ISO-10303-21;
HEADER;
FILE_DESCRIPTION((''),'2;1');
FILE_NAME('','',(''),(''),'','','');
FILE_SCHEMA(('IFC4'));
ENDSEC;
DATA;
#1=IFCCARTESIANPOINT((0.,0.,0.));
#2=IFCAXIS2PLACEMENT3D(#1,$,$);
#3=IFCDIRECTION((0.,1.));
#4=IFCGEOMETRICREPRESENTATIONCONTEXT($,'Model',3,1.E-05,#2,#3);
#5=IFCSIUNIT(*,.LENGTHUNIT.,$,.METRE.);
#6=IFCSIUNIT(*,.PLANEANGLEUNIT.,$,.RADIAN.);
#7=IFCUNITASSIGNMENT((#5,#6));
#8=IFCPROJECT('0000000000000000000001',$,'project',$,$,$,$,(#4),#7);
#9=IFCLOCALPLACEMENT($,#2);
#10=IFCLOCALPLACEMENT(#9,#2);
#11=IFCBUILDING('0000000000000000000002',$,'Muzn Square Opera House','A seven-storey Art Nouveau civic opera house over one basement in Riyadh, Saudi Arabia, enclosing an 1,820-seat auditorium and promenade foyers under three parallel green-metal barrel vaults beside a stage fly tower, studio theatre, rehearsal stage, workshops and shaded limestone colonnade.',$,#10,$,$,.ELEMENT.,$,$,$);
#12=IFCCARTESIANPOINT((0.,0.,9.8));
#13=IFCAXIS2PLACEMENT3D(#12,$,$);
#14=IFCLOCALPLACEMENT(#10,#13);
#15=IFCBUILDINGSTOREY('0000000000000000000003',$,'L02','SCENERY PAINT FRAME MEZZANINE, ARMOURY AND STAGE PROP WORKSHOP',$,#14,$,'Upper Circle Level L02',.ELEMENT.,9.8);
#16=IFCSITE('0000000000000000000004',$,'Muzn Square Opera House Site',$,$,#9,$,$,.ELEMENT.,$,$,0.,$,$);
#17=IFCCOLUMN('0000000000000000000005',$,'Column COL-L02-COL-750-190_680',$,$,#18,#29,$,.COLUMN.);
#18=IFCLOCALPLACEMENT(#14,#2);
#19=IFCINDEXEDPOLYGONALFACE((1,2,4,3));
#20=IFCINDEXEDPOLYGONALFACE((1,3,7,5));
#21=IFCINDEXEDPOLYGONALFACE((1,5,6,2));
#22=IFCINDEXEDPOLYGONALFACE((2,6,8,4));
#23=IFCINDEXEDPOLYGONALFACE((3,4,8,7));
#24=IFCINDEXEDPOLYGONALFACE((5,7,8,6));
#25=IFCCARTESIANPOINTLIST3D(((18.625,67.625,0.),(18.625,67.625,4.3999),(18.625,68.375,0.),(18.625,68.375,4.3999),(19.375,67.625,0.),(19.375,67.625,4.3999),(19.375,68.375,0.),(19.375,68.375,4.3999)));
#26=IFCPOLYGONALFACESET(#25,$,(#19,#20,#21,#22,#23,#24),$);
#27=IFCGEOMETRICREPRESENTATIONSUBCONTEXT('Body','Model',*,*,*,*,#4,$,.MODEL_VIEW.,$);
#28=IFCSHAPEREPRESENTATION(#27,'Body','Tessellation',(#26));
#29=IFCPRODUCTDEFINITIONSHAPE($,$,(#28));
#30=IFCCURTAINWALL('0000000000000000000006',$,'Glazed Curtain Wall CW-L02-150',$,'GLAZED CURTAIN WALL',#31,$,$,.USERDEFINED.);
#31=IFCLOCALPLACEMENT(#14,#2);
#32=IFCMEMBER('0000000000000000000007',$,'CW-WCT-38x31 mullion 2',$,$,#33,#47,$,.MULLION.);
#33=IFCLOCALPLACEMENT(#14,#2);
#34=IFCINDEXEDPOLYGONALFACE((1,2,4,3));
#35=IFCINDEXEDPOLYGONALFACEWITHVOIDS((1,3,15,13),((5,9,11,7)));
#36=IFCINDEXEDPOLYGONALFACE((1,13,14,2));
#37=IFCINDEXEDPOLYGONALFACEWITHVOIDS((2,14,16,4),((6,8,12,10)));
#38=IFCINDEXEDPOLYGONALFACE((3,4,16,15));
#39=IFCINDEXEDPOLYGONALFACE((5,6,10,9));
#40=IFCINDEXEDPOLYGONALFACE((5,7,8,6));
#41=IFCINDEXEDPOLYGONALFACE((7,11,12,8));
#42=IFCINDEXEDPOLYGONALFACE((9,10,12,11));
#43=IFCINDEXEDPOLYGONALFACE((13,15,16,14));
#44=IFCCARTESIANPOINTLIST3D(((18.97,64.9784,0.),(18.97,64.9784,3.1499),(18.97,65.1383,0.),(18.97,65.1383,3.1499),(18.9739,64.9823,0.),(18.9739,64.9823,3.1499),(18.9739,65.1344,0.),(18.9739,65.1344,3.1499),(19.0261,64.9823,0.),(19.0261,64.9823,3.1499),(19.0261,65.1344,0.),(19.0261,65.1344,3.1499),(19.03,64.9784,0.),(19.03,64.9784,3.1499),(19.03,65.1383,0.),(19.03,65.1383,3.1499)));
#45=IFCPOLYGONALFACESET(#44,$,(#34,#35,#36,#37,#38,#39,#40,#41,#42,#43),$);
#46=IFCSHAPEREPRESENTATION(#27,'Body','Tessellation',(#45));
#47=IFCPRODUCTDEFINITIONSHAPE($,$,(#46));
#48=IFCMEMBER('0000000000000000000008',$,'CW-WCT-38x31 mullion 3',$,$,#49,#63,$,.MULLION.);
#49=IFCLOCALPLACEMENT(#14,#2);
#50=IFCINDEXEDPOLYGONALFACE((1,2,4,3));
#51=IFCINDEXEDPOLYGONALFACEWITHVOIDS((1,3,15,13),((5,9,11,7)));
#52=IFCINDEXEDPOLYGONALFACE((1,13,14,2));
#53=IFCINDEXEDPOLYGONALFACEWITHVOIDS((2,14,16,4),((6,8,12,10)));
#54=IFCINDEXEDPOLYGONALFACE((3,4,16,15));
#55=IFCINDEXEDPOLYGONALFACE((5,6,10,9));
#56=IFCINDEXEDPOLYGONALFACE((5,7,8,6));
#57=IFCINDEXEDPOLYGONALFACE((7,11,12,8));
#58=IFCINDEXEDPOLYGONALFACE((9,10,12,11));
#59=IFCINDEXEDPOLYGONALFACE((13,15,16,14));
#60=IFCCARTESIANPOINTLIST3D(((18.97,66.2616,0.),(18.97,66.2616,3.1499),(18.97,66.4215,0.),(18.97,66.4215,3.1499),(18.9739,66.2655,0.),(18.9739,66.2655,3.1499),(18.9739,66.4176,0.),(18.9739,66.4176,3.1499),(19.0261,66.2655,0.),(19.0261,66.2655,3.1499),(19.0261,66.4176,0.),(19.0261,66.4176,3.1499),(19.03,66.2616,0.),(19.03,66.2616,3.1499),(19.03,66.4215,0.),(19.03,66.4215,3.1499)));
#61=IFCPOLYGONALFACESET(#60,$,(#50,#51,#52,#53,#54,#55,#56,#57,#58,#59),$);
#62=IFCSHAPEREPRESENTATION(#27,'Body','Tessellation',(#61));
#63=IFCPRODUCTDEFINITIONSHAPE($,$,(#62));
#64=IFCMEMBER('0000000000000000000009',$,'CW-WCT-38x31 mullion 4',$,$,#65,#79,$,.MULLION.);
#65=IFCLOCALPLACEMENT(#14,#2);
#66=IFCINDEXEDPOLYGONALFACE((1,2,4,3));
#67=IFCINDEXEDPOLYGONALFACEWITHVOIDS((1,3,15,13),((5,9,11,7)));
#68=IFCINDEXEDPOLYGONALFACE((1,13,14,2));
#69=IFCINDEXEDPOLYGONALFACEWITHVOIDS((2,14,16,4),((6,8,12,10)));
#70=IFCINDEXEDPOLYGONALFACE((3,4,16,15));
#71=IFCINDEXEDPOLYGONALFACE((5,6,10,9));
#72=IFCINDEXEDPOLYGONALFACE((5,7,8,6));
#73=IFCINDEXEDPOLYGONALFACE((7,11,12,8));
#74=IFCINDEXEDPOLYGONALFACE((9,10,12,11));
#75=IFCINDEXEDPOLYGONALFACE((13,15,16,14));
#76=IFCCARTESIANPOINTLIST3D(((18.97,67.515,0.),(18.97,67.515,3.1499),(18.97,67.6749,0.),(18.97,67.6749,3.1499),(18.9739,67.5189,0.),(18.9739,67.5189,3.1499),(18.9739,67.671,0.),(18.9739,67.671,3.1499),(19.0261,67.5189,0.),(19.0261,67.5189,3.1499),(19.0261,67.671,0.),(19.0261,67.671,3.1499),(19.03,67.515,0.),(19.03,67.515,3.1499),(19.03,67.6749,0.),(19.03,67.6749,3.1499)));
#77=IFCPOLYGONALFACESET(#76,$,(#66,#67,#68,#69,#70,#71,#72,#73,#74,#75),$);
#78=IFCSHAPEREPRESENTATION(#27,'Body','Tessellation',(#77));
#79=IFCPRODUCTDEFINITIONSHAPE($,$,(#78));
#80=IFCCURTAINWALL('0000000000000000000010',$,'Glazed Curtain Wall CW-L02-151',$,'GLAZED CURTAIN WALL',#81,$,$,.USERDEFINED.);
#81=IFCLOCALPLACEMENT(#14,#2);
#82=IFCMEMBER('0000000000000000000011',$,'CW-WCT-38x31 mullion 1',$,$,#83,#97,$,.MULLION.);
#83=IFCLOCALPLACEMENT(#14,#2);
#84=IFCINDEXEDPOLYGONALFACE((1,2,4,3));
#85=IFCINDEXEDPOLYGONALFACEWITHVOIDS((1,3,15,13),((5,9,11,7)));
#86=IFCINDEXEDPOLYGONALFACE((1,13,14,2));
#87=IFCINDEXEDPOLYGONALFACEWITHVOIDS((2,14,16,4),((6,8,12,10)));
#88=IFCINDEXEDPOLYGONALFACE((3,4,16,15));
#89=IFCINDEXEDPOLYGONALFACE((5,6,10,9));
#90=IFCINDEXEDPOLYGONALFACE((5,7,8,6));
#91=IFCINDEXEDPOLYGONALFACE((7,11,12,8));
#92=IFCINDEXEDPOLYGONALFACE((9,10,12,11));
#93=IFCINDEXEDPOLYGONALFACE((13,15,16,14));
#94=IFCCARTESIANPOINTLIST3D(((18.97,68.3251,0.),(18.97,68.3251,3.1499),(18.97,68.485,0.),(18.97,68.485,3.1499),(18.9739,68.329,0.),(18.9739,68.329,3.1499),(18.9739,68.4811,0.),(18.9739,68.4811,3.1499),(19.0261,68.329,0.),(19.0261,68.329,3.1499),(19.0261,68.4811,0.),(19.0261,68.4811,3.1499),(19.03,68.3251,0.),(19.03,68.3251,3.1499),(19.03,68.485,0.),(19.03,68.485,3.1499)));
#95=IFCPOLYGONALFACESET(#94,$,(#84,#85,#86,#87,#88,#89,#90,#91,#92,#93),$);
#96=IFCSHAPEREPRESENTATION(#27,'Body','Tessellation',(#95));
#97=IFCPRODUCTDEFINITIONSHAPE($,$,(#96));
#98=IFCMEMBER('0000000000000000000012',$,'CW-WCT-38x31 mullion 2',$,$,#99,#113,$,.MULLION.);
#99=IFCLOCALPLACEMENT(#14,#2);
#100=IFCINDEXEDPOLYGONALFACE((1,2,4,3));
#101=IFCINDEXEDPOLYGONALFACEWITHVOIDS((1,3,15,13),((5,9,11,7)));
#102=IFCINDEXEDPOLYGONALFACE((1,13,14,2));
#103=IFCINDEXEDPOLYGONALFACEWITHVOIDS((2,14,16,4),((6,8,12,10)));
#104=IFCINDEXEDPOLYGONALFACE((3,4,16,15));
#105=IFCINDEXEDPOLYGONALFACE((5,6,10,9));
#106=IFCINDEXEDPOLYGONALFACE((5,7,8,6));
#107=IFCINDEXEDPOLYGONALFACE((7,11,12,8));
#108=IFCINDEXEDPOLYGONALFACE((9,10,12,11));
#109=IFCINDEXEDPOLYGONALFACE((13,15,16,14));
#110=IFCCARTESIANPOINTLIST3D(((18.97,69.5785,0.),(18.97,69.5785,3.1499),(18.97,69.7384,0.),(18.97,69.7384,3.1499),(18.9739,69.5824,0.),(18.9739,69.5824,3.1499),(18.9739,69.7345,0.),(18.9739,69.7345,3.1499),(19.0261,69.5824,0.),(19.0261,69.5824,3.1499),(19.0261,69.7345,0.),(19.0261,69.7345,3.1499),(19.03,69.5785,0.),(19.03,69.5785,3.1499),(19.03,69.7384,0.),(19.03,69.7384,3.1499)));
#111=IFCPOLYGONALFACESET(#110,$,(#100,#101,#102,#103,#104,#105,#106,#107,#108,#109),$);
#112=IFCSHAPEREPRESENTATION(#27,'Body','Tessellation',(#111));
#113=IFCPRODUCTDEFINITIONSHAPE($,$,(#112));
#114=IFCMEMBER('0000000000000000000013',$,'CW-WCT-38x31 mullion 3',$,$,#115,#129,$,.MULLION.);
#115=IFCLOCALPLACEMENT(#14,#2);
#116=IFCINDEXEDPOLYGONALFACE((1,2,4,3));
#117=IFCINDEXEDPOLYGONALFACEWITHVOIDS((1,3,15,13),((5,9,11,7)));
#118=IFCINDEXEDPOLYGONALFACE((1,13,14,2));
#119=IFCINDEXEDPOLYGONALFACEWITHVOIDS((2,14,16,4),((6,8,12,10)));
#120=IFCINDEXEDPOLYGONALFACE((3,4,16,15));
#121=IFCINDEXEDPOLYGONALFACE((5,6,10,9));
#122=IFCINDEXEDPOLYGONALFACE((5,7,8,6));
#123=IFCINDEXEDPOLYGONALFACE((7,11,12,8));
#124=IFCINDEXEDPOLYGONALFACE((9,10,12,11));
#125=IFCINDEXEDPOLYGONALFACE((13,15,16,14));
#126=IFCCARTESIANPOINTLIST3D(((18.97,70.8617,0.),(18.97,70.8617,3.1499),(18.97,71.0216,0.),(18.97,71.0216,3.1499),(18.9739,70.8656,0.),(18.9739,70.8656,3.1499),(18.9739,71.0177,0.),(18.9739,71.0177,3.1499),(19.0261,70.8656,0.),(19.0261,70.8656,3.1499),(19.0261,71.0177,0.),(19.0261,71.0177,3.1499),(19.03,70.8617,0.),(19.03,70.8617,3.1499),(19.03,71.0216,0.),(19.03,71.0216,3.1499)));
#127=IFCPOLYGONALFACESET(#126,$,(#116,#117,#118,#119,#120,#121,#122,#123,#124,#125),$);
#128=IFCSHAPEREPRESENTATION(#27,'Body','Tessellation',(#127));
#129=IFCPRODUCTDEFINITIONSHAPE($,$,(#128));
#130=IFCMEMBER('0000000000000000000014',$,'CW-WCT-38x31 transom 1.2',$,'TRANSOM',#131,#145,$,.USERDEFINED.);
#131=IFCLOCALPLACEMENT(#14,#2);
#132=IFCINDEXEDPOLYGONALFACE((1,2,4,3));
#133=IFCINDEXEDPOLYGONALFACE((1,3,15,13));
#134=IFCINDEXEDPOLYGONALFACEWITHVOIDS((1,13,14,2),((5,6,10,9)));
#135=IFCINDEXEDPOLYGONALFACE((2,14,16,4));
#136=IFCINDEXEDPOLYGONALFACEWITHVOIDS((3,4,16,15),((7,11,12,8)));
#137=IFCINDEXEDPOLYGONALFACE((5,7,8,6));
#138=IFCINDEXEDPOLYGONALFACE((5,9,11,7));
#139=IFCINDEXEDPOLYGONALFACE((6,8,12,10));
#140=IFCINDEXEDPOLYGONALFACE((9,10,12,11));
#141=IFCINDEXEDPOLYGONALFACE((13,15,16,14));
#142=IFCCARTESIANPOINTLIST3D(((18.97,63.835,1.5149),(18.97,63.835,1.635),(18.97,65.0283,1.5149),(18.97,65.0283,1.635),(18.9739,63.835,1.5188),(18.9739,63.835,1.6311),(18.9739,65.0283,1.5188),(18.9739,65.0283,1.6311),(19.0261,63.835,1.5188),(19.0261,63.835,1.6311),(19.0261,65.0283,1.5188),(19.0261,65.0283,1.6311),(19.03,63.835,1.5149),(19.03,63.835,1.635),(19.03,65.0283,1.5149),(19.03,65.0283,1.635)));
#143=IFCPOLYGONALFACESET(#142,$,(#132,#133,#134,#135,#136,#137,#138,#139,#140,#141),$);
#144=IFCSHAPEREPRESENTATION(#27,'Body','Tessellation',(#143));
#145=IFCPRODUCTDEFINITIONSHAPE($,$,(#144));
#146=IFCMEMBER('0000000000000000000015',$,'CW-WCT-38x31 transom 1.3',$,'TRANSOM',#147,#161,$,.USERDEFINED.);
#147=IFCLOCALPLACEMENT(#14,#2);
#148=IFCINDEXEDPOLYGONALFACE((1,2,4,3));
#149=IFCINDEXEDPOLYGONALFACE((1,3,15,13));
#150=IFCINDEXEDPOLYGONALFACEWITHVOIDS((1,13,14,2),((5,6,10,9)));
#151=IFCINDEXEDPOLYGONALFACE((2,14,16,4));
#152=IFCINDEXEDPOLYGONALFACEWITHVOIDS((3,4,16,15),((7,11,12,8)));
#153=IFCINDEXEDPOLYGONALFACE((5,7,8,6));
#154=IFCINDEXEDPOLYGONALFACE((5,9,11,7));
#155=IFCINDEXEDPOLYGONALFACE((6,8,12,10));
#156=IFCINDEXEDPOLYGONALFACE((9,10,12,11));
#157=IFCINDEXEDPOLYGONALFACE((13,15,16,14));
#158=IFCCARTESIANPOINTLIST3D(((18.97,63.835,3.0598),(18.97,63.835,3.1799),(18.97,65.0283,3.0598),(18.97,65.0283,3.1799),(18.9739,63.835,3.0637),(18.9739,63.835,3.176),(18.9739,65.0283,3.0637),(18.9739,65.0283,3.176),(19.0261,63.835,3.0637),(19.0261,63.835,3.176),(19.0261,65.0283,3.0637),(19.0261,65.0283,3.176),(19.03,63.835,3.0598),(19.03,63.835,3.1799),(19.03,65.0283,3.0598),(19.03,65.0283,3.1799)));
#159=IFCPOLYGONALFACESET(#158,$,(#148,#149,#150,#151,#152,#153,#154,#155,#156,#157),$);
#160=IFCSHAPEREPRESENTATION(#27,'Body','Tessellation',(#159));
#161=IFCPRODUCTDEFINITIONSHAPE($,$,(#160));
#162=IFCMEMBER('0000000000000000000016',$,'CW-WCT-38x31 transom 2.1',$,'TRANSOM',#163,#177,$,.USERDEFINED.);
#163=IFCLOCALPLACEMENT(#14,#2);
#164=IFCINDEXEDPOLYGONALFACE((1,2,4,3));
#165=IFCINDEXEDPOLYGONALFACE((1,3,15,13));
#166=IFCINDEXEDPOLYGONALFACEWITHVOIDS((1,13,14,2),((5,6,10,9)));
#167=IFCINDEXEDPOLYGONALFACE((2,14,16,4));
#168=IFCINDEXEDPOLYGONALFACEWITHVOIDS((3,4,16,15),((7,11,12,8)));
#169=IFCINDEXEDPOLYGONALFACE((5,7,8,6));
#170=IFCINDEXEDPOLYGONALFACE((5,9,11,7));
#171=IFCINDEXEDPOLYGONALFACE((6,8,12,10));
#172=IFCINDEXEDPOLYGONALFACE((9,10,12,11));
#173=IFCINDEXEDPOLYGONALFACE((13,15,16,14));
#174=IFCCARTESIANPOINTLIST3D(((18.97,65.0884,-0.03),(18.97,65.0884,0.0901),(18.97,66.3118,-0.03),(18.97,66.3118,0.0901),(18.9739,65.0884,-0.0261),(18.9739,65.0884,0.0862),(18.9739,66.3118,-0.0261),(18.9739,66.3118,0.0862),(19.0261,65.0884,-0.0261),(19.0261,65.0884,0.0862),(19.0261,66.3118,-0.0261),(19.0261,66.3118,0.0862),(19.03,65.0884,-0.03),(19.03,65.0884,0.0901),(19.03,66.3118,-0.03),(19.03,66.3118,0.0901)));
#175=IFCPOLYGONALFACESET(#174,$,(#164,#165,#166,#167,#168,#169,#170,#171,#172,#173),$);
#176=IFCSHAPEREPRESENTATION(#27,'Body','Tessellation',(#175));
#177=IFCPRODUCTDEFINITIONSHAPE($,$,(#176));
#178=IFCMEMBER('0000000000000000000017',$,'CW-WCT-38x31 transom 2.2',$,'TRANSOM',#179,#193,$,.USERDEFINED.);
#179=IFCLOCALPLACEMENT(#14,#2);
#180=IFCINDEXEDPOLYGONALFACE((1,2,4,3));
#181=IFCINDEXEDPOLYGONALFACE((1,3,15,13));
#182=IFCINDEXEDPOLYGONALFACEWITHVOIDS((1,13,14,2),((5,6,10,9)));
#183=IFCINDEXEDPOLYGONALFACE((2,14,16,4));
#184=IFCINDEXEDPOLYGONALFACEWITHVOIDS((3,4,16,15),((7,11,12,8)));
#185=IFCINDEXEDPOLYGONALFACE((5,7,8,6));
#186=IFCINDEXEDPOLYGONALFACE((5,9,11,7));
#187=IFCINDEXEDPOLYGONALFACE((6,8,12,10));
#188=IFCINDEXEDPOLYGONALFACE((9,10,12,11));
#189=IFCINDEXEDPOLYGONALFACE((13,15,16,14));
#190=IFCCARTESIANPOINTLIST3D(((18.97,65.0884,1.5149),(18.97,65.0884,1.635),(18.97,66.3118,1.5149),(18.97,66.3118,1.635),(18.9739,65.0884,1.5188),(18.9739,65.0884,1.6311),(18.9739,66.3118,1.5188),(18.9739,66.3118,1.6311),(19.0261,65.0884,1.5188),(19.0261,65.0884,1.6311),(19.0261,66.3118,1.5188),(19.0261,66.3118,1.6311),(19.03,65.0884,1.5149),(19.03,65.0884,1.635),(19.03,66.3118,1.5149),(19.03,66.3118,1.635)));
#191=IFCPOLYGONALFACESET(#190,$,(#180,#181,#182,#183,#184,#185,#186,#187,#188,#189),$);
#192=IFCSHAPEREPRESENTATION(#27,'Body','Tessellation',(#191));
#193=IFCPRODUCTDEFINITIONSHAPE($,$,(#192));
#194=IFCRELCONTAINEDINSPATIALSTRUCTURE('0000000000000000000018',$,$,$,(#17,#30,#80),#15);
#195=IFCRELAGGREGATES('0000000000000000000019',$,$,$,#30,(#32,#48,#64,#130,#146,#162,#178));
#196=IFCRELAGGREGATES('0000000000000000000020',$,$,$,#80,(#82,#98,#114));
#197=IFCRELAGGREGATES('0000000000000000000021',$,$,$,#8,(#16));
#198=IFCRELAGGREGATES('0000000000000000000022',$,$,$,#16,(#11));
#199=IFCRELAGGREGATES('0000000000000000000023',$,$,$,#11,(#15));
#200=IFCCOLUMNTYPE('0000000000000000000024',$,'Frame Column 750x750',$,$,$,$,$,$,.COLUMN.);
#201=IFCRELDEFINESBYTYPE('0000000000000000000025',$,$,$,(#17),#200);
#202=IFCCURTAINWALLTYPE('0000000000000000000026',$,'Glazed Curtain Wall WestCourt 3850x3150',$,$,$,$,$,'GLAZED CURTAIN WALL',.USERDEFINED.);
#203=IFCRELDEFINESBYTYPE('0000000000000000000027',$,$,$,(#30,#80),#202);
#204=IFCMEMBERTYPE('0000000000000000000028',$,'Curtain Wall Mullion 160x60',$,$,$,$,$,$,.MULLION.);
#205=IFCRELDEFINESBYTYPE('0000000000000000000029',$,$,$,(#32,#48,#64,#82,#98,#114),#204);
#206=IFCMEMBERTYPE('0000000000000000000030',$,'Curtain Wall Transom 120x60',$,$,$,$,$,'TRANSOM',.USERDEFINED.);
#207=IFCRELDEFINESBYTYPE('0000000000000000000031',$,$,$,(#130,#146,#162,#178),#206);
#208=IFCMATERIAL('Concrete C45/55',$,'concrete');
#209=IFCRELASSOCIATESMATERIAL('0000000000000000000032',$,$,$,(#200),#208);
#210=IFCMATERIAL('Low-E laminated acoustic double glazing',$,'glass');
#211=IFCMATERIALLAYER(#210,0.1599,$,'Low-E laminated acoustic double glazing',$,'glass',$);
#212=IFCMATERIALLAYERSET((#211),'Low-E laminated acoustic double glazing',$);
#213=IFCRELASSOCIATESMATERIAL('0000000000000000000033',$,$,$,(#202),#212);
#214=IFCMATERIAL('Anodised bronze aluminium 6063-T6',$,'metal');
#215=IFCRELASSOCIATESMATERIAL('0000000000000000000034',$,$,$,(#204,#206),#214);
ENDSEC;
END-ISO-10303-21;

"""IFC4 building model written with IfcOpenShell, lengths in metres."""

from ifc_helpers import new_model, si_unit, direction, frame, origin, origin_2d, place, context, subcontext, project, spatial, rectangle, hollow_rectangle, extrude, material, layer, layer_set, material_profile, profile_set, type_object, element, aggregate, save


model = new_model("IFC4")

# Units and contexts
model_context = context("Model", 3, precision=1e-05, world=origin(), true_north=direction((0.0, 1.0)))
body_context = subcontext(model_context, "Body", "Model", "MODEL_VIEW")
ifc_project = project(units=[si_unit("LENGTHUNIT", "METRE"), si_unit("PLANEANGLEUNIT", "RADIAN")], contexts=[model_context])

# Site, building, storey
site_placement = place(None, origin())
site = spatial("IfcSite", under=ifc_project, at=site_placement, Name="Muzn Square Opera House Site", CompositionType="ELEMENT", RefElevation=0.0)
building_placement = place(site_placement, origin())
building = spatial("IfcBuilding", under=site, at=building_placement, Name="Muzn Square Opera House", Description="A seven-storey Art Nouveau civic opera house over one basement in Riyadh, Saudi Arabia, enclosing an 1,820-seat auditorium and promenade foyers under three parallel green-metal barrel vaults beside a stage fly tower, studio theatre, rehearsal stage, workshops and shaded limestone colonnade.", CompositionType="ELEMENT")
storey_placement = place(building_placement, frame((0.0, 0.0, 9.8)))
storey = spatial("IfcBuildingStorey", under=building, at=storey_placement, Name="L02", Description="SCENERY PAINT FRAME MEZZANINE, ARMOURY AND STAGE PROP WORKSHOP", LongName="Upper Circle Level L02", CompositionType="ELEMENT", Elevation=9.8)

# Column
ifc_material_1 = material(Name="Concrete C45/55", Category="concrete")
ifc_material_profile_1 = material_profile(ifc_material_1, rectangle(XDim=0.75, YDim=0.75, at=origin_2d()), Name="RC 750x750", Category="concrete")
ifc_profile_set_1 = profile_set([ifc_material_profile_1], Name="Concrete C45/55")
column_type = type_object("IfcColumnType", Name="Frame Column 750x750", PredefinedType="COLUMN", material=ifc_profile_set_1)
column_placement = place(storey_placement, frame((19.0, 68.0, 0.0), z_axis=(0.0, 0.0, 1.0), x_axis=(1.0, 0.0, 0.0)))
element("IfcColumn", 1, at=column_placement, inside=storey, type_object=column_type, Name="Column COL-L02-COL-750-190_680", PredefinedType="COLUMN", context=body_context, shape_type="SweptSolid", body=[
    extrude(rectangle(XDim=0.75, YDim=0.75, at=origin_2d()), origin(), (0.0, 0.0, 1.0), 4.3999),
])

# Curtain walls, members
ifc_material_2 = material(Name="Low-E laminated acoustic double glazing", Category="glass")
ifc_layer_1 = layer(ifc_material_2, 0.1599, Name="Low-E laminated acoustic double glazing", Category="glass")
ifc_layer_set_1 = layer_set([ifc_layer_1], Name="Low-E laminated acoustic double glazing")
curtain_wall_type = type_object("IfcCurtainWallType", Name="Glazed Curtain Wall WestCourt 3850x3150", ElementType="GLAZED CURTAIN WALL", PredefinedType="USERDEFINED", material=ifc_layer_set_1)
curtain_wall_1_placement = place(storey_placement, origin())
curtain_wall_1 = element("IfcCurtainWall", 2, at=curtain_wall_1_placement, inside=storey, type_object=curtain_wall_type, Name="Glazed Curtain Wall CW-L02-150", ObjectType="GLAZED CURTAIN WALL", PredefinedType="USERDEFINED")
ifc_material_3 = material(Name="Anodised bronze aluminium 6063-T6", Category="metal")
ifc_material_profile_2 = material_profile(ifc_material_3, hollow_rectangle(XDim=0.0601, YDim=0.1599, WallThickness=0.0039, at=origin_2d()), Name="ALU 160x60x4", Category="metal")
ifc_profile_set_2 = profile_set([ifc_material_profile_2], Name="Anodised bronze aluminium 6063-T6")
member_type_1 = type_object("IfcMemberType", Name="Curtain Wall Mullion 160x60", PredefinedType="MULLION", material=ifc_profile_set_2)
member_1_placement = place(storey_placement, frame((19.0, 65.0583, 0.0), z_axis=(0.0, 0.0, 1.0), x_axis=(-1.0, 0.0, 0.0)))
member_1 = element("IfcMember", 3, at=member_1_placement, type_object=member_type_1, Name="CW-WCT-38x31 mullion 2", PredefinedType="MULLION", context=body_context, shape_type="SweptSolid", body=[
    extrude(hollow_rectangle(XDim=0.0601, YDim=0.1599, WallThickness=0.0039, at=origin_2d()), origin(), (0.0, 0.0, 1.0), 3.1499),
])
member_2_placement = place(storey_placement, frame((19.0, 66.3416, 0.0), z_axis=(0.0, 0.0, 1.0), x_axis=(-1.0, 0.0, 0.0)))
member_2 = element("IfcMember", 4, at=member_2_placement, type_object=member_type_1, Name="CW-WCT-38x31 mullion 3", PredefinedType="MULLION", context=body_context, shape_type="SweptSolid", body=[
    extrude(hollow_rectangle(XDim=0.0601, YDim=0.1599, WallThickness=0.0039, at=origin_2d()), origin(), (0.0, 0.0, 1.0), 3.1499),
])
member_3_placement = place(storey_placement, frame((19.0, 67.595, 0.0), z_axis=(0.0, 0.0, 1.0), x_axis=(-1.0, 0.0, 0.0)))
member_3 = element("IfcMember", 5, at=member_3_placement, type_object=member_type_1, Name="CW-WCT-38x31 mullion 4", PredefinedType="MULLION", context=body_context, shape_type="SweptSolid", body=[
    extrude(hollow_rectangle(XDim=0.0601, YDim=0.1599, WallThickness=0.0039, at=origin_2d()), origin(), (0.0, 0.0, 1.0), 3.1499),
])
curtain_wall_2_placement = place(storey_placement, origin())
curtain_wall_2 = element("IfcCurtainWall", 6, at=curtain_wall_2_placement, inside=storey, type_object=curtain_wall_type, Name="Glazed Curtain Wall CW-L02-151", ObjectType="GLAZED CURTAIN WALL", PredefinedType="USERDEFINED")
member_4_placement = place(storey_placement, frame((19.0, 68.405, 0.0), z_axis=(0.0, 0.0, 1.0), x_axis=(-1.0, 0.0, 0.0)))
member_4 = element("IfcMember", 7, at=member_4_placement, type_object=member_type_1, Name="CW-WCT-38x31 mullion 1", PredefinedType="MULLION", context=body_context, shape_type="SweptSolid", body=[
    extrude(hollow_rectangle(XDim=0.0601, YDim=0.1599, WallThickness=0.0039, at=origin_2d()), origin(), (0.0, 0.0, 1.0), 3.1499),
])
member_5_placement = place(storey_placement, frame((19.0, 69.6584, 0.0), z_axis=(0.0, 0.0, 1.0), x_axis=(-1.0, 0.0, 0.0)))
member_5 = element("IfcMember", 8, at=member_5_placement, type_object=member_type_1, Name="CW-WCT-38x31 mullion 2", PredefinedType="MULLION", context=body_context, shape_type="SweptSolid", body=[
    extrude(hollow_rectangle(XDim=0.0601, YDim=0.1599, WallThickness=0.0039, at=origin_2d()), origin(), (0.0, 0.0, 1.0), 3.1499),
])
member_6_placement = place(storey_placement, frame((19.0, 70.9417, 0.0), z_axis=(0.0, 0.0, 1.0), x_axis=(-1.0, 0.0, 0.0)))
member_6 = element("IfcMember", 9, at=member_6_placement, type_object=member_type_1, Name="CW-WCT-38x31 mullion 3", PredefinedType="MULLION", context=body_context, shape_type="SweptSolid", body=[
    extrude(hollow_rectangle(XDim=0.0601, YDim=0.1599, WallThickness=0.0039, at=origin_2d()), origin(), (0.0, 0.0, 1.0), 3.1499),
])

# Members
ifc_material_profile_3 = material_profile(ifc_material_3, hollow_rectangle(XDim=0.0601, YDim=0.1201, WallThickness=0.0039, at=origin_2d()), Name="ALU 120x60x4", Category="metal")
ifc_profile_set_3 = profile_set([ifc_material_profile_3], Name="Anodised bronze aluminium 6063-T6")
member_type_2 = type_object("IfcMemberType", Name="Curtain Wall Transom 120x60", ElementType="TRANSOM", PredefinedType="USERDEFINED", material=ifc_profile_set_3)
member_7_placement = place(storey_placement, frame((19.0, 63.835, 1.575), z_axis=(0.0, 1.0, 0.0), x_axis=(-1.0, 0.0, 0.0)))
member_7 = element("IfcMember", 10, at=member_7_placement, type_object=member_type_2, Name="CW-WCT-38x31 transom 1.2", ObjectType="TRANSOM", PredefinedType="USERDEFINED", context=body_context, shape_type="SweptSolid", body=[
    extrude(hollow_rectangle(XDim=0.0601, YDim=0.1201, WallThickness=0.0039, at=origin_2d()), origin(), (0.0, 0.0, 1.0), 1.1934),
])
member_8_placement = place(storey_placement, frame((19.0, 63.835, 3.1199), z_axis=(0.0, 1.0, 0.0), x_axis=(-1.0, 0.0, 0.0)))
member_8 = element("IfcMember", 11, at=member_8_placement, type_object=member_type_2, Name="CW-WCT-38x31 transom 1.3", ObjectType="TRANSOM", PredefinedType="USERDEFINED", context=body_context, shape_type="SweptSolid", body=[
    extrude(hollow_rectangle(XDim=0.0601, YDim=0.1201, WallThickness=0.0039, at=origin_2d()), origin(), (0.0, 0.0, 1.0), 1.1934),
])
member_9_placement = place(storey_placement, frame((19.0, 65.0884, 0.03), z_axis=(0.0, 1.0, 0.0), x_axis=(-1.0, 0.0, 0.0)))
member_9 = element("IfcMember", 12, at=member_9_placement, type_object=member_type_2, Name="CW-WCT-38x31 transom 2.1", ObjectType="TRANSOM", PredefinedType="USERDEFINED", context=body_context, shape_type="SweptSolid", body=[
    extrude(hollow_rectangle(XDim=0.0601, YDim=0.1201, WallThickness=0.0039, at=origin_2d()), origin(), (0.0, 0.0, 1.0), 1.2234),
])
member_10_placement = place(storey_placement, frame((19.0, 65.0884, 1.575), z_axis=(0.0, 1.0, 0.0), x_axis=(-1.0, 0.0, 0.0)))
member_10 = element("IfcMember", 13, at=member_10_placement, type_object=member_type_2, Name="CW-WCT-38x31 transom 2.2", ObjectType="TRANSOM", PredefinedType="USERDEFINED", context=body_context, shape_type="SweptSolid", body=[
    extrude(hollow_rectangle(XDim=0.0601, YDim=0.1201, WallThickness=0.0039, at=origin_2d()), origin(), (0.0, 0.0, 1.0), 1.2234),
])

aggregate(curtain_wall_1, [member_1, member_2, member_3, member_7, member_8, member_9, member_10])
aggregate(curtain_wall_2, [member_4, member_5, member_6])

save(model, "model.ifc")
